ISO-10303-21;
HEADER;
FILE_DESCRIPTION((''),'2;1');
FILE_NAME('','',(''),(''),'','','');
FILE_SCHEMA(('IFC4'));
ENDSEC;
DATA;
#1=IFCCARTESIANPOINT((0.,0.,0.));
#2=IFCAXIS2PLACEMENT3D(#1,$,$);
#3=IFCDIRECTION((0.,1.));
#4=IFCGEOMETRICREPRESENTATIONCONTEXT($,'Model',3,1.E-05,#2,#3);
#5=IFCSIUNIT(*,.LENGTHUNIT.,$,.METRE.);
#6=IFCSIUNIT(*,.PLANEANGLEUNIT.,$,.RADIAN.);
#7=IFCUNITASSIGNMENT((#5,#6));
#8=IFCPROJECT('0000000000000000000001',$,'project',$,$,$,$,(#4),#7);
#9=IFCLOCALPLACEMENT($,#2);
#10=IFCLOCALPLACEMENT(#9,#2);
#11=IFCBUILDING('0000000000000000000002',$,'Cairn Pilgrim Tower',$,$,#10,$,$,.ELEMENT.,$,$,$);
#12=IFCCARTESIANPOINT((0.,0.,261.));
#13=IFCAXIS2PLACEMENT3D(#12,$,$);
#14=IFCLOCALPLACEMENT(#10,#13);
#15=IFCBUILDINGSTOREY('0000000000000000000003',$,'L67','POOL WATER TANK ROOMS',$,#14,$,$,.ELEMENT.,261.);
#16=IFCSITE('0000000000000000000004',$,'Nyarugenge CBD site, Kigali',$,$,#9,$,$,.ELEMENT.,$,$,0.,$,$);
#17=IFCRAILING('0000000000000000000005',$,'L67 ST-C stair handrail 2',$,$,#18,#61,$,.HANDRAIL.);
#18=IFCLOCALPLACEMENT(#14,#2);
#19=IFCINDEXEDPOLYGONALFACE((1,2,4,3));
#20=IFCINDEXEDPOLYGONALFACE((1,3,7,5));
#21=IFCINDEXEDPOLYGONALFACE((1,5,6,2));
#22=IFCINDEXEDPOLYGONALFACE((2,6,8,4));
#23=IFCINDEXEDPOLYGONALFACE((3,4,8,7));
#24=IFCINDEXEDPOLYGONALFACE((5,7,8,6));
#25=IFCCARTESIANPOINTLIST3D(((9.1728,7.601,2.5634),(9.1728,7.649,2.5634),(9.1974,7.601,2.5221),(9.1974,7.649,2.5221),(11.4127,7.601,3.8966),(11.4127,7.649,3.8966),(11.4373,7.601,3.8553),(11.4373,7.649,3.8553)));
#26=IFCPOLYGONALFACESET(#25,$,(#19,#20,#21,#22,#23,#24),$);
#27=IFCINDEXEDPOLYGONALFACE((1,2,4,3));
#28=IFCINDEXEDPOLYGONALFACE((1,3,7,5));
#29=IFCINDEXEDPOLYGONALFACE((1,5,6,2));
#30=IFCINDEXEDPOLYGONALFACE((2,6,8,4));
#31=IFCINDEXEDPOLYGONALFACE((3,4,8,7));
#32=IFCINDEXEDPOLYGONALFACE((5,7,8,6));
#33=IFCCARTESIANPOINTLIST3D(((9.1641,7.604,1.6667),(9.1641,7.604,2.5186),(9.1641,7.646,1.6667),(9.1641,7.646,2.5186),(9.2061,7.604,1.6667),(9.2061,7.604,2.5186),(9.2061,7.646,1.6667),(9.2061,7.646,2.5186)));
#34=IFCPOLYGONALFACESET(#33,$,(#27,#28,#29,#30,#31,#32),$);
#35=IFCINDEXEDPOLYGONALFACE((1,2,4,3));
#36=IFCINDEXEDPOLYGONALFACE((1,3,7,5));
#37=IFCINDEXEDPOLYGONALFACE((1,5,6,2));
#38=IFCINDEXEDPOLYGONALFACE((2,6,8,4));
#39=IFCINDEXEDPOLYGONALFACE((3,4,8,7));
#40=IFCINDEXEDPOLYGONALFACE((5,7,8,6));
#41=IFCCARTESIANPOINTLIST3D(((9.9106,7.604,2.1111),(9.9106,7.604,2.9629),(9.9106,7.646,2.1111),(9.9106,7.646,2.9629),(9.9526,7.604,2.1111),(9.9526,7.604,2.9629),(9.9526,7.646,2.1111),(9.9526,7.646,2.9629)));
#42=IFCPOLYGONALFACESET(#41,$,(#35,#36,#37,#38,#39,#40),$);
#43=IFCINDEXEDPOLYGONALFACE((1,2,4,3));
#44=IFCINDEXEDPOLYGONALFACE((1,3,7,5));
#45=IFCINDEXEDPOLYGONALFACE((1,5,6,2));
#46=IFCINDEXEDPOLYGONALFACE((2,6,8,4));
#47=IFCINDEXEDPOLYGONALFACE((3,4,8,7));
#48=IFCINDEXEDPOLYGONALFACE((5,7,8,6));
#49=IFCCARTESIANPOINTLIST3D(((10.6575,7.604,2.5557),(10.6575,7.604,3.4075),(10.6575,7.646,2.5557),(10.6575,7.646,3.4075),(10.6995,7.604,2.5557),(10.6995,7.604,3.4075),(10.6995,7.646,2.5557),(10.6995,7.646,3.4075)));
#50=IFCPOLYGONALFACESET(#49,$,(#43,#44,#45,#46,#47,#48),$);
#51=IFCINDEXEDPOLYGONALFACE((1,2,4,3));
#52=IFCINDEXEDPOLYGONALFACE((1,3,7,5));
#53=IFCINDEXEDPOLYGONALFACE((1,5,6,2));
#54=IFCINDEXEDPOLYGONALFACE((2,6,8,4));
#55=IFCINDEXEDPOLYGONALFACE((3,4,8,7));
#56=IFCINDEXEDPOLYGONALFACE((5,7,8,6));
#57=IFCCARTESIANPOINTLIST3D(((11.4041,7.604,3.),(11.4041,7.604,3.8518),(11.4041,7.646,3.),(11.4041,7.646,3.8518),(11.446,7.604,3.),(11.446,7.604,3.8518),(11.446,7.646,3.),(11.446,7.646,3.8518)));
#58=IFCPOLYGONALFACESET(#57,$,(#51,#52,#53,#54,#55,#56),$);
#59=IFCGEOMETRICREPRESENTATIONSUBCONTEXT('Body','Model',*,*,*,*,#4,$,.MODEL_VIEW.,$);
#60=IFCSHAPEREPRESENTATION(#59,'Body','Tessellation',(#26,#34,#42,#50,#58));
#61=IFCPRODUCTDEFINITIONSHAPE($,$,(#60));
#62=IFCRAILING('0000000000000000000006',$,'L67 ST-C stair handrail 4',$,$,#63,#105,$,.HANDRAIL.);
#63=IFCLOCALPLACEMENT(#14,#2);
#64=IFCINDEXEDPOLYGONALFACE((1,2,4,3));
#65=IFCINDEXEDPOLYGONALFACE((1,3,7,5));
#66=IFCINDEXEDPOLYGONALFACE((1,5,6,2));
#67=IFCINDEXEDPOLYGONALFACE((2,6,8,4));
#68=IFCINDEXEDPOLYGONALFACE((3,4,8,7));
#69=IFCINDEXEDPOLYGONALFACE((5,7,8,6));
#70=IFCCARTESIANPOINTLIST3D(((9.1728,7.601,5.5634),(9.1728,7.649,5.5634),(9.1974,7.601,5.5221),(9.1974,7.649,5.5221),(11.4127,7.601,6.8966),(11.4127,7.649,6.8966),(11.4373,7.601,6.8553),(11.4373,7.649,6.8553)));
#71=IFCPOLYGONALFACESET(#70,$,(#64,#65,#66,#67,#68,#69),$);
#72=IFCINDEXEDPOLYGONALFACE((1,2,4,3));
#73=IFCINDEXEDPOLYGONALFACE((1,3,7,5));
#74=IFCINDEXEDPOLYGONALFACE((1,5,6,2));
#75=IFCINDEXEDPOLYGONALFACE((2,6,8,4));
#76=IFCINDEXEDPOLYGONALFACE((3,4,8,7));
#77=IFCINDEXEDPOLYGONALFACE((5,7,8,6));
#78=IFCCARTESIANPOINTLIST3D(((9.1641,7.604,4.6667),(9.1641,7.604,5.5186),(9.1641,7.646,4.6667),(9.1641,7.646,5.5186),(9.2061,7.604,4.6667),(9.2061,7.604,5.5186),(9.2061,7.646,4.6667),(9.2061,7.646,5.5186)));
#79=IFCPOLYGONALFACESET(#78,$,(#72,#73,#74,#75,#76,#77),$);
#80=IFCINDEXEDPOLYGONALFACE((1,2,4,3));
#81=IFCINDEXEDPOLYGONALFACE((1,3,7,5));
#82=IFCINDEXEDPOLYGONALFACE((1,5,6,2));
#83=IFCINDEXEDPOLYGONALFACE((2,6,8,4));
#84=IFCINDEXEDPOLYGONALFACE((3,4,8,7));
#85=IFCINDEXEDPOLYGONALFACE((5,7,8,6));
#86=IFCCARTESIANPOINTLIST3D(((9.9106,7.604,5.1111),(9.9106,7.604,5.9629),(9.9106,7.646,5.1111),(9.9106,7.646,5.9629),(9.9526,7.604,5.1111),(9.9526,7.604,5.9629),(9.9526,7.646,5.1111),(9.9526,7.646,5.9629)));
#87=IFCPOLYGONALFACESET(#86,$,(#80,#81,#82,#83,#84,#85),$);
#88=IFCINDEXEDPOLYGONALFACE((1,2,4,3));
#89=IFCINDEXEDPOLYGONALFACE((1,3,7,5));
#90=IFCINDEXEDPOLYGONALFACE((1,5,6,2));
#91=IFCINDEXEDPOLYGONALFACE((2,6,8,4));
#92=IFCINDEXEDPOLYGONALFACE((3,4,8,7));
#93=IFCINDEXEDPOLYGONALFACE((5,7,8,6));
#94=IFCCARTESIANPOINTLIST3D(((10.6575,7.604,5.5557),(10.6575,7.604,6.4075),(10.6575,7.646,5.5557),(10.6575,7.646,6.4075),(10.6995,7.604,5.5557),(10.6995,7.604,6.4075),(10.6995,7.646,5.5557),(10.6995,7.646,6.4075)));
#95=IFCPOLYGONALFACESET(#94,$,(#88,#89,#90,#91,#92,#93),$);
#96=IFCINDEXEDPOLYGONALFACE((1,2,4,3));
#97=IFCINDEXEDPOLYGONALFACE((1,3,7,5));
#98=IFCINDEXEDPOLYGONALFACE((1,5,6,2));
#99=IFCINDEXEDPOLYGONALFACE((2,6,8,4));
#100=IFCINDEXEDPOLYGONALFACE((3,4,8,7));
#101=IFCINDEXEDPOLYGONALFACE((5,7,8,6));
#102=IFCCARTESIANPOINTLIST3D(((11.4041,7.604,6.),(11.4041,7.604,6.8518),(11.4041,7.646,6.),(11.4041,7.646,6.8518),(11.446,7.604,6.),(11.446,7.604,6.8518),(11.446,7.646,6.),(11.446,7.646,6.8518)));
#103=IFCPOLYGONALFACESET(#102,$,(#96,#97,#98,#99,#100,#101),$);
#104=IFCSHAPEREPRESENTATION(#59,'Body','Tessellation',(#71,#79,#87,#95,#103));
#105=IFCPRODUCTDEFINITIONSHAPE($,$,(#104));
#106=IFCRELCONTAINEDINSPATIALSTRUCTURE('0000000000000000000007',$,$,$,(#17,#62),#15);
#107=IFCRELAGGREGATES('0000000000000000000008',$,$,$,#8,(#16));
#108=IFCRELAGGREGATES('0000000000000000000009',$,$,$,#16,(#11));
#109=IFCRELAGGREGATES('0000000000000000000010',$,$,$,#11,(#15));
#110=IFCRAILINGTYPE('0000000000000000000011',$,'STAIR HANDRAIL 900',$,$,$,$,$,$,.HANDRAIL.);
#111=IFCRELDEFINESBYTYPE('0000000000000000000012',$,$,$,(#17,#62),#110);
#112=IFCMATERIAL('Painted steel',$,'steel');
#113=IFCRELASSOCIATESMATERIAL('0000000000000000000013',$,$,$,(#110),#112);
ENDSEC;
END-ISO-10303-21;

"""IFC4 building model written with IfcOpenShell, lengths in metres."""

from ifc_helpers import new_model, si_unit, direction, frame, origin, origin_2d, place, context, subcontext, project, spatial, rectangle, extrude, material, type_object, element, save


model = new_model("IFC4")

# Units and contexts
model_context = context("Model", 3, precision=1e-05, world=origin(), true_north=direction((0.0, 1.0)))
body_context = subcontext(model_context, "Body", "Model", "MODEL_VIEW")
ifc_project = project(units=[si_unit("LENGTHUNIT", "METRE"), si_unit("PLANEANGLEUNIT", "RADIAN")], contexts=[model_context])

# Site, building, storey
site_placement = place(None, origin())
site = spatial("IfcSite", under=ifc_project, at=site_placement, Name="Nyarugenge CBD site, Kigali", CompositionType="ELEMENT", RefElevation=0.0)
building_placement = place(site_placement, origin())
building = spatial("IfcBuilding", under=site, at=building_placement, Name="Cairn Pilgrim Tower", CompositionType="ELEMENT")
storey_placement = place(building_placement, frame((0.0, 0.0, 261.0)))
storey = spatial("IfcBuildingStorey", under=building, at=storey_placement, Name="L67", Description="POOL WATER TANK ROOMS", CompositionType="ELEMENT", Elevation=261.0)

# Shared definitions
ifc_material_1 = material(Name="Painted steel", Category="steel")

# Railings
railing_type_1 = type_object("IfcRailingType", Name="STAIR HANDRAIL 900", PredefinedType="HANDRAIL", material=ifc_material_1)
for number, where, name in (
    (1, (9.1851, 7.625, 1.6667), "L67 ST-C stair handrail 2"),
    (2, (9.1851, 7.625, 4.6667), "L67 ST-C stair handrail 4"),
):
    element("IfcRailing", number, at=place(storey_placement, frame(where)), inside=storey, type_object=railing_type_1, Name=name, PredefinedType="HANDRAIL", context=body_context, shape_type="SweptSolid", body=[
        extrude(rectangle(XDim=0.0481, YDim=0.0481, at=origin_2d()), frame((0.0, 0.0, 0.876), z_axis=(0.859306, 0.0, 0.511462), x_axis=(0.0, 1.0, 0.0)), (0.0, 0.0, 1.0), 2.6067),
        extrude(rectangle(XDim=0.042, YDim=0.042, at=origin_2d()), origin(), (0.0, 0.0, 1.0), 0.8518),
        extrude(rectangle(XDim=0.042, YDim=0.042, at=origin_2d()), frame((0.7466, 0.0, 0.4443)), (0.0, 0.0, 1.0), 0.8518),
        extrude(rectangle(XDim=0.042, YDim=0.042, at=origin_2d()), frame((1.4934, 0.0, 0.8889)), (0.0, 0.0, 1.0), 0.8518),
        extrude(rectangle(XDim=0.042, YDim=0.042, at=origin_2d()), frame((2.24, 0.0, 1.3333)), (0.0, 0.0, 1.0), 0.8518),
    ])

save(model, "model.ifc")
